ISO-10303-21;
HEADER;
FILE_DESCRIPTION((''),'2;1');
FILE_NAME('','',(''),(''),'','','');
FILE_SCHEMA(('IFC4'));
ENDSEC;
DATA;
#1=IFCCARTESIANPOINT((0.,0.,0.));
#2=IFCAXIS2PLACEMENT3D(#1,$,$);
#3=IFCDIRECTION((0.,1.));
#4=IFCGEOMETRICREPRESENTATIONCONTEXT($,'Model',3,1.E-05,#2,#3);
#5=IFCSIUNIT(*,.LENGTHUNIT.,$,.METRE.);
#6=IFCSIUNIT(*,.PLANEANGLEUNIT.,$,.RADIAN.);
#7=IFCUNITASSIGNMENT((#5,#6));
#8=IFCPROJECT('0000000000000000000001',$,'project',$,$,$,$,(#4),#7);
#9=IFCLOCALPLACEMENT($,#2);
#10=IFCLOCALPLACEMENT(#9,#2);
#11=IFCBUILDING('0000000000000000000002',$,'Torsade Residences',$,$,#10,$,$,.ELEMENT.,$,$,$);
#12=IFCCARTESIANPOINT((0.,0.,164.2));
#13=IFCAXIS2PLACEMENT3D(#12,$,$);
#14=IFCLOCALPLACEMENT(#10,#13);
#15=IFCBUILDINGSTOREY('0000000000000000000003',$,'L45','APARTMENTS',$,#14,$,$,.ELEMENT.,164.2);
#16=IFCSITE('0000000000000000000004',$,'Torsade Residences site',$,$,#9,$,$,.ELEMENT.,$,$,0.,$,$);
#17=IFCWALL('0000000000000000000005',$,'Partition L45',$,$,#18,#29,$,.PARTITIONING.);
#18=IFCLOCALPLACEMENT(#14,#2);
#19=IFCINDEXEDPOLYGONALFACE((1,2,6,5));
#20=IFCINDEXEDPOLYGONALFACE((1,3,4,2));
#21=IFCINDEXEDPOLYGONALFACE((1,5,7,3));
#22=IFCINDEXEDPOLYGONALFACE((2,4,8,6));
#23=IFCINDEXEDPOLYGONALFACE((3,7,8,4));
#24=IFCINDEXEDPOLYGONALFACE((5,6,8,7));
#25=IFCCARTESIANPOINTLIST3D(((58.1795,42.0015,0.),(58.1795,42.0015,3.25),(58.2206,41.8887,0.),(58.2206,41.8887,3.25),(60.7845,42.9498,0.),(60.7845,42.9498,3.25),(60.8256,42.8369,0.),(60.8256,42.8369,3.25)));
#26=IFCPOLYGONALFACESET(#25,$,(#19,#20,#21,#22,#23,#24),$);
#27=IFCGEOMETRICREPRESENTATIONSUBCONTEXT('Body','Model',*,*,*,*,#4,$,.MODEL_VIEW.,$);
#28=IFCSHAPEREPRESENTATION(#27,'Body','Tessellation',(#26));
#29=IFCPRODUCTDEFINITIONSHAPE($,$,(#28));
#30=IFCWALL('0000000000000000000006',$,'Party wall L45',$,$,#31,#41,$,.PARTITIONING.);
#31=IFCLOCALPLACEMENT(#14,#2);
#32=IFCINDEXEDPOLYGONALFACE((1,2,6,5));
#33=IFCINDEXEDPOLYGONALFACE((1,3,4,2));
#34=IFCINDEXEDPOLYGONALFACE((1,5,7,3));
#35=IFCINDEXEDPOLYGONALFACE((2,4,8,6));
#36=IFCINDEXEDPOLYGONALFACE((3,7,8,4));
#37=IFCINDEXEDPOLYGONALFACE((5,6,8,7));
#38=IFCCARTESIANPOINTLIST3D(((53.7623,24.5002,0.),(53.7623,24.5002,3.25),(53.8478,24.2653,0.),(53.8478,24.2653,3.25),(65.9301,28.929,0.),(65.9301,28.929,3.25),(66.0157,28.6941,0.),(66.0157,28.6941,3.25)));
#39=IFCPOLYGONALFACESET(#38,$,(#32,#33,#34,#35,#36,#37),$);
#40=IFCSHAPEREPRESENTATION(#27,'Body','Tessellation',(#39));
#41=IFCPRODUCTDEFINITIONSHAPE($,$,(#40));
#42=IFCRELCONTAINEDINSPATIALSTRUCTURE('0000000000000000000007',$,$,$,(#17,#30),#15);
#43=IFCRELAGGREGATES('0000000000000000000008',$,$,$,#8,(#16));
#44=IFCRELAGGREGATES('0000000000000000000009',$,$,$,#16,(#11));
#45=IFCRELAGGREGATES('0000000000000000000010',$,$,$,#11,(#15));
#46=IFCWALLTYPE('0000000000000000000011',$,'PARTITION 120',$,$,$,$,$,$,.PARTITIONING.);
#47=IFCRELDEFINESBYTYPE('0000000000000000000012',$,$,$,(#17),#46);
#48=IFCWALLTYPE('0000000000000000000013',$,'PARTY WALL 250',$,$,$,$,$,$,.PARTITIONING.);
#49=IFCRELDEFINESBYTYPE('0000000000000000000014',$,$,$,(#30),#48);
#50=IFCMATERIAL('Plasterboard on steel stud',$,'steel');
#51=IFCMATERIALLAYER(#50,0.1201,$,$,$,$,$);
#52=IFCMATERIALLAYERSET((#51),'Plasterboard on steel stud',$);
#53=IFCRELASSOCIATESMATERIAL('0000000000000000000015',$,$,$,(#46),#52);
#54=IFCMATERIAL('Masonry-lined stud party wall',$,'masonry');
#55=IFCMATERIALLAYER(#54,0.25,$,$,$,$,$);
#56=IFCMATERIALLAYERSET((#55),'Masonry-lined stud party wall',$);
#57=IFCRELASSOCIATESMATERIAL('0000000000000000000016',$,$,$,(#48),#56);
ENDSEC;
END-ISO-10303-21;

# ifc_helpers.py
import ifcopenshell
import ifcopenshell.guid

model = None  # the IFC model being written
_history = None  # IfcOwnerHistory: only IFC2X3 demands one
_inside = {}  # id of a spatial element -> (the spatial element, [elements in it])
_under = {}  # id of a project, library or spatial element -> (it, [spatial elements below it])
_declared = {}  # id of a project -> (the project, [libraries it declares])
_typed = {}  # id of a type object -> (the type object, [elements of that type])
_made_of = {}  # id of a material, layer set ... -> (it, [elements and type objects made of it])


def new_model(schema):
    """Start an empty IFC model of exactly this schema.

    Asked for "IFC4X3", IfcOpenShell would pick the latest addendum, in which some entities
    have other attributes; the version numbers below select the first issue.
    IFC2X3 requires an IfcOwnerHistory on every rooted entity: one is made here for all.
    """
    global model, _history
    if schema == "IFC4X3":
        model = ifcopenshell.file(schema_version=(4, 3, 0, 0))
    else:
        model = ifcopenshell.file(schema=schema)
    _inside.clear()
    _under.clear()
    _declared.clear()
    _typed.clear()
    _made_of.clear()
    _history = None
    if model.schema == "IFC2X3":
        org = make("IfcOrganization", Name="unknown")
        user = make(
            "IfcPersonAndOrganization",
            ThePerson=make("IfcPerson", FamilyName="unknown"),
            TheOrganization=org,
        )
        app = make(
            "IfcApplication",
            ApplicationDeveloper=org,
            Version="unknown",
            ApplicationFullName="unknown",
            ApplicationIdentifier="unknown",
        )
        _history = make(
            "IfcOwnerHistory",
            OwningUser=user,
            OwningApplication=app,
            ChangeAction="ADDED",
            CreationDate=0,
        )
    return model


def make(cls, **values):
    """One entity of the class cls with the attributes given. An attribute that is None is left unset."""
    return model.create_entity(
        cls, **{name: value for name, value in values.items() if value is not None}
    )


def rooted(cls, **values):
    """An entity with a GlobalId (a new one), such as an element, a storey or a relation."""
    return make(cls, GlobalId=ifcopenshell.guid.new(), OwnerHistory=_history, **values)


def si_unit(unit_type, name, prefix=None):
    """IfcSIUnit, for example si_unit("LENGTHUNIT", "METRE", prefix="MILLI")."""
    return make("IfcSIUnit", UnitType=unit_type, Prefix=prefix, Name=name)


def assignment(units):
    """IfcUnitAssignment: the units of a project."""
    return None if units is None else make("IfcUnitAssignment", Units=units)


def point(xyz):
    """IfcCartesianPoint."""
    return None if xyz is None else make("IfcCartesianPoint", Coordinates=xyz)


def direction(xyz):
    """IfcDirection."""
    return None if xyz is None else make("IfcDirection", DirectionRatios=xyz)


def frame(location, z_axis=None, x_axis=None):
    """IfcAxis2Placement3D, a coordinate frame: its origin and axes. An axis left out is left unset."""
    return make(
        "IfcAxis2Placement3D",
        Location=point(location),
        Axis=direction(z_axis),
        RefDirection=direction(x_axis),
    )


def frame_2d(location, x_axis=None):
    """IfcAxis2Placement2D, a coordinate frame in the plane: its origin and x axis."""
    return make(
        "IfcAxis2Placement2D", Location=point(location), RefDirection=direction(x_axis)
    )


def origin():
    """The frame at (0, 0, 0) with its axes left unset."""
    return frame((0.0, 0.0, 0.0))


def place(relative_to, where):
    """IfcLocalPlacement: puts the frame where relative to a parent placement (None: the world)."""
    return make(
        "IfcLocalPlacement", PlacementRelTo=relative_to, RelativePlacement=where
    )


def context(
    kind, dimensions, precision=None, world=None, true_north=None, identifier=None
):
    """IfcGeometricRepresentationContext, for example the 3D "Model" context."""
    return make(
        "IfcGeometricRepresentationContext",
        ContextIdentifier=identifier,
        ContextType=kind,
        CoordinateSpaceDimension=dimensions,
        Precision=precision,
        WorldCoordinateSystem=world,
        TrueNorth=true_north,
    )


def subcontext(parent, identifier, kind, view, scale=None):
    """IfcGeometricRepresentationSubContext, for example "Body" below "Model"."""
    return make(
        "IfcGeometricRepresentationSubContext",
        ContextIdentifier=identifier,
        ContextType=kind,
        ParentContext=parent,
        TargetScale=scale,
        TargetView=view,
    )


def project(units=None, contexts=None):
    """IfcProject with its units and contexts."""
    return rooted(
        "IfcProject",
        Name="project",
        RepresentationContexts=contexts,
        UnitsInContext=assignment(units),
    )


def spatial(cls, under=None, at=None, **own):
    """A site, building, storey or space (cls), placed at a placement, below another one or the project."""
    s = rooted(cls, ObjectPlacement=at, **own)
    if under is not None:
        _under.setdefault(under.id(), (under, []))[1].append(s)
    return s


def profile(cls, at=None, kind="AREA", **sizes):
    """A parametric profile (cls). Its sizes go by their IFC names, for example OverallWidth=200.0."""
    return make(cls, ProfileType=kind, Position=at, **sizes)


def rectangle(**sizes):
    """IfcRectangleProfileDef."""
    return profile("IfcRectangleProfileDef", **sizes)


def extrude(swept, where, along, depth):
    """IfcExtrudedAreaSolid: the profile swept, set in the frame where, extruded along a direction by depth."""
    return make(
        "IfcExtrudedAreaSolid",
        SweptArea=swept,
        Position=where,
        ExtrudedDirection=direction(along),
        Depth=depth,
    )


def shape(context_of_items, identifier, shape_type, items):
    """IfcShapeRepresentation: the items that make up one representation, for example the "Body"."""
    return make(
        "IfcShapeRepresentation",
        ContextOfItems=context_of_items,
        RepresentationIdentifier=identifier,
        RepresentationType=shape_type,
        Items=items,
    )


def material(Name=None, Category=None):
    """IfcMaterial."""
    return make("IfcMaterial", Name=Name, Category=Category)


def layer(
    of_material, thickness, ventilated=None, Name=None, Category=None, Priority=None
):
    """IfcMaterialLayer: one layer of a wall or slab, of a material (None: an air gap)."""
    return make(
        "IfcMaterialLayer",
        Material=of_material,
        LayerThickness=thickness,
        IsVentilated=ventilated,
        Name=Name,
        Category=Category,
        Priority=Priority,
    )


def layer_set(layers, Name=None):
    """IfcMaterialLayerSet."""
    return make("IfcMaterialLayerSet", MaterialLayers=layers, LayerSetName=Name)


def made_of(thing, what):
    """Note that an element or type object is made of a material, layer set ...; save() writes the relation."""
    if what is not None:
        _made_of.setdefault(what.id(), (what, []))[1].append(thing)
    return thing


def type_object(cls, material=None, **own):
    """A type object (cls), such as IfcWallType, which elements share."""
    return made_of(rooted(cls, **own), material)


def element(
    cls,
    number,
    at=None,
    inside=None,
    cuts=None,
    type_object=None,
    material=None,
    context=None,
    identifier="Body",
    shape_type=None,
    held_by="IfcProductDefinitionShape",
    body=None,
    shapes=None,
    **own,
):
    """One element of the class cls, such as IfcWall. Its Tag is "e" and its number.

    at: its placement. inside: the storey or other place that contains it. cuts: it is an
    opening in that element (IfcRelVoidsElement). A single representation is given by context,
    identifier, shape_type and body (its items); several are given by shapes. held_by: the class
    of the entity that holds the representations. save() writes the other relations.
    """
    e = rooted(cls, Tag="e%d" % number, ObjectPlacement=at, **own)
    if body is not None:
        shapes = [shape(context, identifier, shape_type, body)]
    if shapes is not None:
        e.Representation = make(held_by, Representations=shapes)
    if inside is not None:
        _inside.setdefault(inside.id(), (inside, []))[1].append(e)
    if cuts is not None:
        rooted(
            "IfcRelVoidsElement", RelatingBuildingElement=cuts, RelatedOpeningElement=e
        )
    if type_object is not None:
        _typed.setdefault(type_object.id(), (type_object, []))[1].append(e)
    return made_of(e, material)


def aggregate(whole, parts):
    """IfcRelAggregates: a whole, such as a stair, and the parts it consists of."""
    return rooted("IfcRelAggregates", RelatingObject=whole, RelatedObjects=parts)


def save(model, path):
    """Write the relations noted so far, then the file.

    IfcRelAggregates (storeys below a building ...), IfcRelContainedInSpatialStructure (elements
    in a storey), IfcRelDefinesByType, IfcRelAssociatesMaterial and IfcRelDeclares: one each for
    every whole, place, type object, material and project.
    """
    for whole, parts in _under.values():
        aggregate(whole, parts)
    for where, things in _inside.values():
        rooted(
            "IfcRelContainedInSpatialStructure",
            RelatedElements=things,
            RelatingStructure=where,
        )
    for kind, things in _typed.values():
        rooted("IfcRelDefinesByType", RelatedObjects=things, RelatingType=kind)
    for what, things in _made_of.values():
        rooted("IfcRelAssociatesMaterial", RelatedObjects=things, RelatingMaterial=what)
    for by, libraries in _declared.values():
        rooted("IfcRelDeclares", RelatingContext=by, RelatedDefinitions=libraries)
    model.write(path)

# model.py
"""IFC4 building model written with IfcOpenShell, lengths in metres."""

from ifc_helpers import new_model, si_unit, direction, frame, frame_2d, origin, place, context, subcontext, project, spatial, rectangle, extrude, material, layer, layer_set, type_object, element, save


model = new_model("IFC4")

# Units and contexts
model_context = context("Model", 3, precision=1e-05, world=origin(), true_north=direction((0.0, 1.0)))
body_context = subcontext(model_context, "Body", "Model", "MODEL_VIEW")
ifc_project = project(units=[si_unit("LENGTHUNIT", "METRE"), si_unit("PLANEANGLEUNIT", "RADIAN")], contexts=[model_context])

# Site, building, storey
site_placement = place(None, origin())
site = spatial("IfcSite", under=ifc_project, at=site_placement, Name="Torsade Residences site", CompositionType="ELEMENT", RefElevation=0.0)
building_placement = place(site_placement, origin())
building = spatial("IfcBuilding", under=site, at=building_placement, Name="Torsade Residences", CompositionType="ELEMENT")
storey_placement = place(building_placement, frame((0.0, 0.0, 164.2)))
storey = spatial("IfcBuildingStorey", under=building, at=storey_placement, Name="L45", Description="APARTMENTS", CompositionType="ELEMENT", Elevation=164.2)

# Shared definitions
ifc_material_1 = material(Name="Plasterboard on steel stud", Category="steel")
ifc_layer_1 = layer(ifc_material_1, 0.1201)
ifc_layer_set_1 = layer_set([ifc_layer_1], Name="Plasterboard on steel stud")
wall_type_1 = type_object("IfcWallType", Name="PARTITION 120", PredefinedType="PARTITIONING", material=ifc_layer_set_1)

# Walls
wall_1_placement = place(storey_placement, frame((58.2, 41.9451, 0.0), z_axis=(0.0, 0.0, 1.0), x_axis=(0.93968, 0.342054, 0.0)))
element("IfcWall", 1, at=wall_1_placement, inside=storey, type_object=wall_type_1, Name="Partition L45", PredefinedType="PARTITIONING", context=body_context, shape_type="SweptSolid", body=[
    extrude(rectangle(XDim=2.7722, YDim=0.1201, at=frame_2d((1.3862, 0.0))), origin(), (0.0, 0.0, 1.0), 3.25),
])
ifc_material_2 = material(Name="Masonry-lined stud party wall", Category="masonry")
ifc_layer_2 = layer(ifc_material_2, 0.25)
ifc_layer_set_2 = layer_set([ifc_layer_2], Name="Masonry-lined stud party wall")
wall_type_2 = type_object("IfcWallType", Name="PARTY WALL 250", PredefinedType="PARTITIONING", material=ifc_layer_set_2)
wall_2_placement = place(storey_placement, frame((65.9729, 28.8115, 0.0), z_axis=(0.0, 0.0, 1.0), x_axis=(-0.939692, -0.342022, 0.0)))
element("IfcWall", 2, at=wall_2_placement, inside=storey, type_object=wall_type_2, Name="Party wall L45", PredefinedType="PARTITIONING", context=body_context, shape_type="SweptSolid", body=[
    extrude(rectangle(XDim=12.9487, YDim=0.25, at=frame_2d((6.4744, 0.0))), origin(), (0.0, 0.0, 1.0), 3.25),
])

save(model, "model.ifc")
